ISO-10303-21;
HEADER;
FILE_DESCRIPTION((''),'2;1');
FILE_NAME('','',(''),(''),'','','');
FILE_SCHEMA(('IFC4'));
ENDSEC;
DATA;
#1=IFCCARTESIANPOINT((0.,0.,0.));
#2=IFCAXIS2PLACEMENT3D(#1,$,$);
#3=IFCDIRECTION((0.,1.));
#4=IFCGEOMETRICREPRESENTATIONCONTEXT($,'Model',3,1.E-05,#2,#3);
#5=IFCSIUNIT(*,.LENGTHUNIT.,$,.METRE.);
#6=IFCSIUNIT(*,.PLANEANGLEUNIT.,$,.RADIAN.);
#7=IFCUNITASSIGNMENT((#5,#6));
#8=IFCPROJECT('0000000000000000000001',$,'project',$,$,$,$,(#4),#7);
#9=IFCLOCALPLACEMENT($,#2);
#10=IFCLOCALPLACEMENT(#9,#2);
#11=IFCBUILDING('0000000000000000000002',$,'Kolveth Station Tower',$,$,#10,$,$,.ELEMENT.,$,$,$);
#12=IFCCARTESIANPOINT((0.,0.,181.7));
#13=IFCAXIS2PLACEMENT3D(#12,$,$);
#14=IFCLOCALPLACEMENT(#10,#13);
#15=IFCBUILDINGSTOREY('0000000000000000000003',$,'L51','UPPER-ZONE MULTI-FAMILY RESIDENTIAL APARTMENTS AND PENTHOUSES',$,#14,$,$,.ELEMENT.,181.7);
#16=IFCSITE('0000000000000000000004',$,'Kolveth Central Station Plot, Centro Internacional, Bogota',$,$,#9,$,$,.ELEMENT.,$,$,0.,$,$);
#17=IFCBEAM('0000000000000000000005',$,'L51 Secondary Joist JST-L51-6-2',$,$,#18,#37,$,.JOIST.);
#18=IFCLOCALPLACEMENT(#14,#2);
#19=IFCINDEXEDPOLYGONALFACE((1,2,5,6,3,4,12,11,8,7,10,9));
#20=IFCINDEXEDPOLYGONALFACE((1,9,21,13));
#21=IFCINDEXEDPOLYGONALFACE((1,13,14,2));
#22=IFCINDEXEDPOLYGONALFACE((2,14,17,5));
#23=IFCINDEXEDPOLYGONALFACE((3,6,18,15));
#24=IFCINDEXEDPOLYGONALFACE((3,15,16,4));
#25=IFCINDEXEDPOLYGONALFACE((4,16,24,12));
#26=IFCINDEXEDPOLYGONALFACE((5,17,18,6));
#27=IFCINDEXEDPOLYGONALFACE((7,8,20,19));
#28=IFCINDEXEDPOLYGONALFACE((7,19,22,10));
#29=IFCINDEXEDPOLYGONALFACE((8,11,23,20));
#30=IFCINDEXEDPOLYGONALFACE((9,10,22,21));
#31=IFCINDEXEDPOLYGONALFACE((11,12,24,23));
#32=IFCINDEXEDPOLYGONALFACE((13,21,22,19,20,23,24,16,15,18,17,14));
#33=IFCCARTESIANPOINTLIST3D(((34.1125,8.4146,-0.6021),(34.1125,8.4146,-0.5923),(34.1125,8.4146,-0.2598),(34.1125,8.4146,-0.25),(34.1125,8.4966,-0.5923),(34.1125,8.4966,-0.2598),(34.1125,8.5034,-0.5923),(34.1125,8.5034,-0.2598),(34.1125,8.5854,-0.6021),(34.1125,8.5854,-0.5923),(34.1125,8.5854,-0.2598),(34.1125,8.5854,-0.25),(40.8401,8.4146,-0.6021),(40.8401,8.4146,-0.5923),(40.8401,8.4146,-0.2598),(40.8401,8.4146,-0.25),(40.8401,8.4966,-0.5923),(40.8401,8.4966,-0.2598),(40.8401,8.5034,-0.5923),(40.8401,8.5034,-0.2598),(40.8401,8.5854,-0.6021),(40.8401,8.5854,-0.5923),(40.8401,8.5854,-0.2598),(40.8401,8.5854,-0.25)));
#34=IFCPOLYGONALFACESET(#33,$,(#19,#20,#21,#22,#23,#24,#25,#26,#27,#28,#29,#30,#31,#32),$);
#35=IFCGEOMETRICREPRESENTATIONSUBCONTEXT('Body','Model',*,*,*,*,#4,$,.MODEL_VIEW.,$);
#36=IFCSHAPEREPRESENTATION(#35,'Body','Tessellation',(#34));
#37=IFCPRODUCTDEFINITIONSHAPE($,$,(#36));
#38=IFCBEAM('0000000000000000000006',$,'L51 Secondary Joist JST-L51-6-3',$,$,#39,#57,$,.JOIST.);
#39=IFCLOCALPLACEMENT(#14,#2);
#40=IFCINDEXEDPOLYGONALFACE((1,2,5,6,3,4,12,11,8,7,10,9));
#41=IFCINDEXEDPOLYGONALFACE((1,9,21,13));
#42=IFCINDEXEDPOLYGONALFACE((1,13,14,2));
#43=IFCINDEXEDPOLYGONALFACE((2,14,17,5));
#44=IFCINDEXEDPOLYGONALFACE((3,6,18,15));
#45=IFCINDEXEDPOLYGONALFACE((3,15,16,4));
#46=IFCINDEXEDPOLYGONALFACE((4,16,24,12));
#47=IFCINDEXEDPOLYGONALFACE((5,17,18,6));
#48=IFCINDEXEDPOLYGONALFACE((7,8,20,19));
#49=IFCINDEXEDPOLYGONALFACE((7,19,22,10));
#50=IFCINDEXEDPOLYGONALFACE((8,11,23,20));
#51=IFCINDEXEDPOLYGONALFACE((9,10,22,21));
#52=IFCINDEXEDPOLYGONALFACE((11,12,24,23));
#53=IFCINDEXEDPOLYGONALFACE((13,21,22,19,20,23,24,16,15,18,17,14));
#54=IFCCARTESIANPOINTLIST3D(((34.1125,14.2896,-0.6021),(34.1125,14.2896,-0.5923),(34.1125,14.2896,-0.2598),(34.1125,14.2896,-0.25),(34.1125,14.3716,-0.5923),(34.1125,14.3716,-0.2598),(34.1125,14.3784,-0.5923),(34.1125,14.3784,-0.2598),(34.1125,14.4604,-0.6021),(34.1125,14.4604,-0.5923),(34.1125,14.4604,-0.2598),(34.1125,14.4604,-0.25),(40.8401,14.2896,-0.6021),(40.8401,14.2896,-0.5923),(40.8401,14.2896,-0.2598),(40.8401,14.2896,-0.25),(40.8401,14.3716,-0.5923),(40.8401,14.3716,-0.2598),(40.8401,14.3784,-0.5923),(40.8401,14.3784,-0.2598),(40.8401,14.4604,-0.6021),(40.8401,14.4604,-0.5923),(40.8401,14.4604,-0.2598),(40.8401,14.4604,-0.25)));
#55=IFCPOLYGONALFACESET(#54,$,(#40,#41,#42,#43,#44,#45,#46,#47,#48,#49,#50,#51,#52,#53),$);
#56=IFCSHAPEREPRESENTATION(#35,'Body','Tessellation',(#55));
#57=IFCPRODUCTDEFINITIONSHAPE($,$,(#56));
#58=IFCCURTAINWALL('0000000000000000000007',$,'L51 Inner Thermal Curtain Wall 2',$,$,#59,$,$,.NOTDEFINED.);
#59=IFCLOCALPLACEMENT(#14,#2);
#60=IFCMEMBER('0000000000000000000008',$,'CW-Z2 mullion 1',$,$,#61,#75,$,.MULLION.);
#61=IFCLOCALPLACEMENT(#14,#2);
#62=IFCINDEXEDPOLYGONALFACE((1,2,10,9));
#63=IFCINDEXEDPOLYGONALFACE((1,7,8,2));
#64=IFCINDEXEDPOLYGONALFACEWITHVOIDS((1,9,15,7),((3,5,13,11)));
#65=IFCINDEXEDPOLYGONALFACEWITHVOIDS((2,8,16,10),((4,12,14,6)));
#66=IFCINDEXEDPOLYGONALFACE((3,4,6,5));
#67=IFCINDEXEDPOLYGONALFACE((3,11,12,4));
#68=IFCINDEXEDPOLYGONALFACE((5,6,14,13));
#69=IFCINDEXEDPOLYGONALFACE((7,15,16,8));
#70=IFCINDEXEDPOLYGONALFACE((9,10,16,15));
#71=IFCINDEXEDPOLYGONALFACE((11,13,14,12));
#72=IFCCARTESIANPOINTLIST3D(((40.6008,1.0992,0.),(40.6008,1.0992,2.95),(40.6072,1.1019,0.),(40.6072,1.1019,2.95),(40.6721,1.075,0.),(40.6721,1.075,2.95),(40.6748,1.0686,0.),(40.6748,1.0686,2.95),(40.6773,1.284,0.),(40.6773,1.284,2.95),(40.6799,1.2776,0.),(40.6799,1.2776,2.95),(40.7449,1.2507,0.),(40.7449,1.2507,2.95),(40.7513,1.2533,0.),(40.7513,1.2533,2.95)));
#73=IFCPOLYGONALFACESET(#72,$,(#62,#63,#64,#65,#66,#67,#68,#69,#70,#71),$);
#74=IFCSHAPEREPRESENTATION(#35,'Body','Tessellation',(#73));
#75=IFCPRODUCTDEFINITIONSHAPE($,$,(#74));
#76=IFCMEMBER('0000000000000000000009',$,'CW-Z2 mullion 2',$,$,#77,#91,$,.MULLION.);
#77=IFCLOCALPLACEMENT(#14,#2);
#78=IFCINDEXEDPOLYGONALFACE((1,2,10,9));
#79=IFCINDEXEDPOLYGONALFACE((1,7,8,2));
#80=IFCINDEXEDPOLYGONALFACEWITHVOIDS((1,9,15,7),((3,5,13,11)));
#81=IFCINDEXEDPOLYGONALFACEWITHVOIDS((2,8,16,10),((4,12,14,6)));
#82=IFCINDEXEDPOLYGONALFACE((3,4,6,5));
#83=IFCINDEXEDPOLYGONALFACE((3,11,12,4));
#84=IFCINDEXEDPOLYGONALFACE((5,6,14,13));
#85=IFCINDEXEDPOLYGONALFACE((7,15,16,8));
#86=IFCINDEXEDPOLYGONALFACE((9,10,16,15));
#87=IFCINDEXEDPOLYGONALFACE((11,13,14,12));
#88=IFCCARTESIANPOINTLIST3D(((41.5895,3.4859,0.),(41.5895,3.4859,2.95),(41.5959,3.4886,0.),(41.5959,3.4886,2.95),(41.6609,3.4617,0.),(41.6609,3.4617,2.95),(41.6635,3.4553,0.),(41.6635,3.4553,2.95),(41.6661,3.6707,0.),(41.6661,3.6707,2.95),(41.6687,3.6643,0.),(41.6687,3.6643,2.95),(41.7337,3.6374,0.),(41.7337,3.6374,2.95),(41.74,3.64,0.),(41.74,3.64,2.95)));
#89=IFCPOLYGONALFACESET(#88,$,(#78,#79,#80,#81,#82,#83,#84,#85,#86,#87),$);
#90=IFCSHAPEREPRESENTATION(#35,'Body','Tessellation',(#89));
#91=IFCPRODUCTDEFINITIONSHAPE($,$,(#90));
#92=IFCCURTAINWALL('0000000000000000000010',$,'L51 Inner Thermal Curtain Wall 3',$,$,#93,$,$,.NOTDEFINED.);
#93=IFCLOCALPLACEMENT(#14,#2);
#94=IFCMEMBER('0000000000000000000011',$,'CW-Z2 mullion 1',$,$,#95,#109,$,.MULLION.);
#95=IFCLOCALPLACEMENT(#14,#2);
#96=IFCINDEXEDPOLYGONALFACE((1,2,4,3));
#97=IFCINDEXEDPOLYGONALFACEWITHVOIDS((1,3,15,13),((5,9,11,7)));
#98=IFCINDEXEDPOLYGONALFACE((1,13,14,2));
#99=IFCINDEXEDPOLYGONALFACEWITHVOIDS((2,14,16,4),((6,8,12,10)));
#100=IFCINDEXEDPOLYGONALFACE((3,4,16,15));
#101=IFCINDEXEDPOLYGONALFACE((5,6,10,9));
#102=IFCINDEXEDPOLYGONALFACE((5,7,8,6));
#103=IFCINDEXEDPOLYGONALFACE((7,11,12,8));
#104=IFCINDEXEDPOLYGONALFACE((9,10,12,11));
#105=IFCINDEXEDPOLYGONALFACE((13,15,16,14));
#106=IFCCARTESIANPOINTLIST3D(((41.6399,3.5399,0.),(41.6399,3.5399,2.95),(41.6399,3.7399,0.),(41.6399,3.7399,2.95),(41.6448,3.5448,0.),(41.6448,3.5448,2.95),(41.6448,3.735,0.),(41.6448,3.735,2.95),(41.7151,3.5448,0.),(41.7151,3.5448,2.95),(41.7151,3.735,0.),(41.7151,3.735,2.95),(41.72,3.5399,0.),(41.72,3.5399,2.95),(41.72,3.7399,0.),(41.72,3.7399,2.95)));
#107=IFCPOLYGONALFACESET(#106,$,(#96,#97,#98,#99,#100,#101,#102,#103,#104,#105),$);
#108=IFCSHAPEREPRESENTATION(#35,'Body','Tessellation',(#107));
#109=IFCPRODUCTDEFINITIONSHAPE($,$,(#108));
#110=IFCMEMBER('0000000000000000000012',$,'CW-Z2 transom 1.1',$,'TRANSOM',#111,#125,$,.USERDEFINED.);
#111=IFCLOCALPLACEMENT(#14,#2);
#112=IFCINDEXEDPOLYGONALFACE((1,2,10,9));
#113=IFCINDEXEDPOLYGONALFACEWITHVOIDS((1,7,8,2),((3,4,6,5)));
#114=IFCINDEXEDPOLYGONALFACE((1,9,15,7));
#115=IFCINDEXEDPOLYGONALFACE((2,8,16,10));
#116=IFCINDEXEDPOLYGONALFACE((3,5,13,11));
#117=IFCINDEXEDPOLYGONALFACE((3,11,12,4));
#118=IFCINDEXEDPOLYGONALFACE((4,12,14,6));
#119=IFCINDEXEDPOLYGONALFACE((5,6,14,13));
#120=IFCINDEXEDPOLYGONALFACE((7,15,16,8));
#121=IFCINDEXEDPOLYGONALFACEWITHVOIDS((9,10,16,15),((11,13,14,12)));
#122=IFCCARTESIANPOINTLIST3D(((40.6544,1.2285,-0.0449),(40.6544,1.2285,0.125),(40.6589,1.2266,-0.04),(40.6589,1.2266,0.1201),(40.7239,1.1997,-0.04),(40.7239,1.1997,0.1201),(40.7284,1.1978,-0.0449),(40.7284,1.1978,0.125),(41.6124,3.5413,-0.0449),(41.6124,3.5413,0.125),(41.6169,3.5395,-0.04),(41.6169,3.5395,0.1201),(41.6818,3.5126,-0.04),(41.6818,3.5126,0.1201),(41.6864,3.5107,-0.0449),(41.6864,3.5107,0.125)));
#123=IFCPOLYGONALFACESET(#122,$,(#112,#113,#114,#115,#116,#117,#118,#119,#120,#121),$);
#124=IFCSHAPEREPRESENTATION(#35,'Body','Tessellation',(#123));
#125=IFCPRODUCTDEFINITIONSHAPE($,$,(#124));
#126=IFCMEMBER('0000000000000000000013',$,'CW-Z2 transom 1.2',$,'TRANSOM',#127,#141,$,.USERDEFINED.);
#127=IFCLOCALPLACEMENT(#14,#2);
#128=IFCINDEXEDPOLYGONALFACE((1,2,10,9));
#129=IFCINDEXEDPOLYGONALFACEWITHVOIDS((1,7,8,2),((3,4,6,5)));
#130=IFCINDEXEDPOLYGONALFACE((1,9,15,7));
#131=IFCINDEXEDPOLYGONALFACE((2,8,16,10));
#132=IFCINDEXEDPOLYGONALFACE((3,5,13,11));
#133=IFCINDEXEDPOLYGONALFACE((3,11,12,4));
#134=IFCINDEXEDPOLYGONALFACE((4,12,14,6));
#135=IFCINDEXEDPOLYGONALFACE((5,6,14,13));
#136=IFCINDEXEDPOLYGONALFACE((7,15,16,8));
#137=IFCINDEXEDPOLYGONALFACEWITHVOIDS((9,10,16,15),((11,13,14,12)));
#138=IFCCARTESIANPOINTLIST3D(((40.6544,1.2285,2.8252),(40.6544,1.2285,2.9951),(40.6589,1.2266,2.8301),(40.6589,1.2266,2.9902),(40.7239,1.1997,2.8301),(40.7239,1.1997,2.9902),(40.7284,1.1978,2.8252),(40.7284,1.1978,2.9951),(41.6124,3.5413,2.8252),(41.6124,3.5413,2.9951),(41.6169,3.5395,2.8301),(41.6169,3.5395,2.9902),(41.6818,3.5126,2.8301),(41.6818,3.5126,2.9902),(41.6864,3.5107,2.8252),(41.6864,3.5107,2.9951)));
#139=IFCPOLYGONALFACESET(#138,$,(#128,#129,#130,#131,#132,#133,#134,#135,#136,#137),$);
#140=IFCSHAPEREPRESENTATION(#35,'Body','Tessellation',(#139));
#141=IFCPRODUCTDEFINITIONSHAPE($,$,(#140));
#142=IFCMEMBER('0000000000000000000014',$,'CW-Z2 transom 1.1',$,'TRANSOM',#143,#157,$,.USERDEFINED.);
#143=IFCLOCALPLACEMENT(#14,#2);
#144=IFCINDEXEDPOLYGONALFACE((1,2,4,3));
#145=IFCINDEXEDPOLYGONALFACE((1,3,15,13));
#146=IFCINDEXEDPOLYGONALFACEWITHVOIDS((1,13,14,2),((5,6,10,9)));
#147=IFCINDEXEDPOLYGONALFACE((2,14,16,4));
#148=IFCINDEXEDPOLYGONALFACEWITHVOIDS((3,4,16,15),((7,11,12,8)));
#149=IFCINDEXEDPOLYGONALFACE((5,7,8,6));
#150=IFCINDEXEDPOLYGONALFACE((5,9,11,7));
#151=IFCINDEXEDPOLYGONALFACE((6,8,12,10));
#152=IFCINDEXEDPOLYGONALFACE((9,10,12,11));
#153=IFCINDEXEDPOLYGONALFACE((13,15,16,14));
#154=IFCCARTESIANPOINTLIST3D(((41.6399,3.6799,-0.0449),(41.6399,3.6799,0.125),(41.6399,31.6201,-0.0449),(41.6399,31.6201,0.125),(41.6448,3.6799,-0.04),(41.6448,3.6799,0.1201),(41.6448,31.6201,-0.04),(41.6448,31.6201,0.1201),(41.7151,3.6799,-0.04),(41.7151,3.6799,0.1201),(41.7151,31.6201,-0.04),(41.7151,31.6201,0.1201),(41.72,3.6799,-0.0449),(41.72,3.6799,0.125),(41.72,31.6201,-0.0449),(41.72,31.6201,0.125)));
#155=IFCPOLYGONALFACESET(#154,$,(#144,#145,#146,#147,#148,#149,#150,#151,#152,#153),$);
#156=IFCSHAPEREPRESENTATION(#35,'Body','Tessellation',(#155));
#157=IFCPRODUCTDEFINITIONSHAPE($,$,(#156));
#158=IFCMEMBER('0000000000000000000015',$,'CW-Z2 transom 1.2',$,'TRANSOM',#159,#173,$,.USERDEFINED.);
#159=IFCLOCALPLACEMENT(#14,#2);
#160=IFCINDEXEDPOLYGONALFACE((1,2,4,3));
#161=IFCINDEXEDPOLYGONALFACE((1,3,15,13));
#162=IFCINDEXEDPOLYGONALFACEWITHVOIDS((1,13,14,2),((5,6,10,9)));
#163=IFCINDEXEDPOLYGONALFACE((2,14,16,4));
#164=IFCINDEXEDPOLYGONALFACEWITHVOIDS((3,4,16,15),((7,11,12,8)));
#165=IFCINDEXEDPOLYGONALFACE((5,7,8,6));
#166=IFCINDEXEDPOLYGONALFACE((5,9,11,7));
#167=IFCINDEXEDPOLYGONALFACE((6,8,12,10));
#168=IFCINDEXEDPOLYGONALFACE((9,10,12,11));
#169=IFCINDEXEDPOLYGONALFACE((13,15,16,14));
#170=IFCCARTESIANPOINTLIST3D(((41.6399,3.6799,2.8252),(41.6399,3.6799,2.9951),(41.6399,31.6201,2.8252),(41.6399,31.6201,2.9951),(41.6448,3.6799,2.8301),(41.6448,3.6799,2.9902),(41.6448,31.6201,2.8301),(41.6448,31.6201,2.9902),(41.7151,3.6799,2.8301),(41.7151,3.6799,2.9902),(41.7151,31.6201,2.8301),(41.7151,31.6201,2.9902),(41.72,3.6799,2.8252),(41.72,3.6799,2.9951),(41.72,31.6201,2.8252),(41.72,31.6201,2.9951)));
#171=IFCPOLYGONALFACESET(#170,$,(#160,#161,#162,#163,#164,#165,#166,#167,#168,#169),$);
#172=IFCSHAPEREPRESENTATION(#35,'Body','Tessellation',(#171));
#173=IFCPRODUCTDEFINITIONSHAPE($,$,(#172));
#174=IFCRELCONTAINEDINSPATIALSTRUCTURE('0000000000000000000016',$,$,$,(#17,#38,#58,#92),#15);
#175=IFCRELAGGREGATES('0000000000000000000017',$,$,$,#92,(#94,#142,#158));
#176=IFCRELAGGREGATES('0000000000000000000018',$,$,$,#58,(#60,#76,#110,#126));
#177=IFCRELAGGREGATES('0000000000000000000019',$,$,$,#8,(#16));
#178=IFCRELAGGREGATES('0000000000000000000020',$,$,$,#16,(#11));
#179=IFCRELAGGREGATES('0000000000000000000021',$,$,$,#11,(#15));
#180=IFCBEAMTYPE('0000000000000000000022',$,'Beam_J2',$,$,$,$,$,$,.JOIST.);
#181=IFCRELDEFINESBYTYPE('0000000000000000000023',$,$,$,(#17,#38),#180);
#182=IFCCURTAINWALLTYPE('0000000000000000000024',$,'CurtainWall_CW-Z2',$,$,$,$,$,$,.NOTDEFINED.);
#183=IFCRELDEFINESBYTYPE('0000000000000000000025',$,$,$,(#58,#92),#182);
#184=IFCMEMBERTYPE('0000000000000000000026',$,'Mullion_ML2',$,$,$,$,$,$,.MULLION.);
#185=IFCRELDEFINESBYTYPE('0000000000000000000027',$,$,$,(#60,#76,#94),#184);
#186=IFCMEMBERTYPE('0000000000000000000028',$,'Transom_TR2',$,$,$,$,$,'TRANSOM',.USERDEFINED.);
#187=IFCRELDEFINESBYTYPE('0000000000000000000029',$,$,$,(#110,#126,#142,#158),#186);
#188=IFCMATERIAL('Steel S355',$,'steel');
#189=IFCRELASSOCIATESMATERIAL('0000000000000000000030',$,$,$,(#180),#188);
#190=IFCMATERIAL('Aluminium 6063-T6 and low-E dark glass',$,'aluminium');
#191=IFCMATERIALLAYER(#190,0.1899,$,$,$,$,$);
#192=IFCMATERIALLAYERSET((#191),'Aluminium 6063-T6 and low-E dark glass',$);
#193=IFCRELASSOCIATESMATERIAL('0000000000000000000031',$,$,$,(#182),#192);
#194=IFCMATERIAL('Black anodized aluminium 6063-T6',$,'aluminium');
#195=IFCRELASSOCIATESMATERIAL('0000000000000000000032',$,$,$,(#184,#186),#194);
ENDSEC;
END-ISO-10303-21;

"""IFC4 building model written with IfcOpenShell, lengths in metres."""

from ifc_helpers import new_model, si_unit, direction, frame, origin, origin_2d, place, context, subcontext, project, spatial, hollow_rectangle, i_section, extrude, source, transform, mapped, material, layer, layer_set, material_profile, profile_set, type_object, element, aggregate, save


model = new_model("IFC4")

# Units and contexts
model_context = context("Model", 3, precision=1e-05, world=origin(), true_north=direction((0.0, 1.0)))
body_context = subcontext(model_context, "Body", "Model", "MODEL_VIEW")
ifc_project = project(units=[si_unit("LENGTHUNIT", "METRE"), si_unit("PLANEANGLEUNIT", "RADIAN")], contexts=[model_context])

# Site, building, storey
site_placement = place(None, origin())
site = spatial("IfcSite", under=ifc_project, at=site_placement, Name="Kolveth Central Station Plot, Centro Internacional, Bogota", CompositionType="ELEMENT", RefElevation=0.0)
building_placement = place(site_placement, origin())
building = spatial("IfcBuilding", under=site, at=building_placement, Name="Kolveth Station Tower", CompositionType="ELEMENT")
storey_placement = place(building_placement, frame((0.0, 0.0, 181.7)))
storey = spatial("IfcBuildingStorey", under=building, at=storey_placement, Name="L51", Description="UPPER-ZONE MULTI-FAMILY RESIDENTIAL APARTMENTS AND PENTHOUSES", CompositionType="ELEMENT", Elevation=181.7)

# Shared definitions
ifc_material_1 = material(Name="Steel S355", Category="steel")

# Beams
ifc_material_profile_1 = material_profile(ifc_material_1, i_section(OverallWidth=0.1709, OverallDepth=0.3521, WebThickness=0.0068, FlangeThickness=0.0098, at=origin_2d()), Name="W360x44")
ifc_profile_set_1 = profile_set([ifc_material_profile_1], Name="Steel S355")
beam_type_1 = type_object("IfcBeamType", Name="Beam_J2", PredefinedType="JOIST", material=ifc_profile_set_1)
shared_shape_1 = source(origin(), body_context, "Body", "SweptSolid", [
    extrude(i_section(OverallWidth=0.1709, OverallDepth=0.3521, WebThickness=0.0068, FlangeThickness=0.0098, at=origin_2d()), origin(), (0.0, 0.0, 1.0), 6.7275),
])
for number, where, z_axis, x_axis, name in (
    (1, (34.1125, 8.5, -0.426), (1.0, 0.0, 0.0), (0.0, 1.0, 0.0), "L51 Secondary Joist JST-L51-6-2"),
    (2, (34.1125, 14.375, -0.426), (1.0, 0.0, 0.0), (0.0, 1.0, 0.0), "L51 Secondary Joist JST-L51-6-3"),
):
    element("IfcBeam", number, at=place(storey_placement, frame(where, z_axis=z_axis, x_axis=x_axis)), inside=storey, type_object=beam_type_1, Name=name, PredefinedType="JOIST", context=body_context, shape_type="MappedRepresentation", body=[
        mapped(shared_shape_1, transform((0.0, 0.0, 0.0), x_axis=(1.0, 0.0, 0.0), y_axis=(0.0, 1.0, 0.0), z_axis=(0.0, 0.0, 1.0), scale=1.0)),
    ])

# Curtain wall, members
ifc_material_2 = material(Name="Aluminium 6063-T6 and low-E dark glass", Category="aluminium")
ifc_layer_1 = layer(ifc_material_2, 0.1899)
ifc_layer_set_1 = layer_set([ifc_layer_1], Name="Aluminium 6063-T6 and low-E dark glass")
curtain_wall_type_1 = type_object("IfcCurtainWallType", Name="CurtainWall_CW-Z2", PredefinedType="NOTDEFINED", material=ifc_layer_set_1)
curtain_wall_1_placement = place(storey_placement, origin())
curtain_wall_1 = element("IfcCurtainWall", 3, at=curtain_wall_1_placement, inside=storey, type_object=curtain_wall_type_1, Name="L51 Inner Thermal Curtain Wall 2", PredefinedType="NOTDEFINED")
ifc_material_3 = material(Name="Black anodized aluminium 6063-T6", Category="aluminium")
ifc_material_profile_2 = material_profile(ifc_material_3, hollow_rectangle(XDim=0.0801, YDim=0.2, WallThickness=0.0049, at=origin_2d()), Name="ALU-80x200x5")
ifc_profile_set_2 = profile_set([ifc_material_profile_2], Name="Black anodized aluminium 6063-T6")
member_type_1 = type_object("IfcMemberType", Name="Mullion_ML2", PredefinedType="MULLION", material=ifc_profile_set_2)
shared_shape_2 = source(origin(), body_context, "Body", "SweptSolid", [
    extrude(hollow_rectangle(XDim=0.0801, YDim=0.2, WallThickness=0.0049, at=origin_2d()), origin(), (0.0, 0.0, 1.0), 2.95),
])
member_1_placement = place(storey_placement, frame((40.676, 1.1763, 0.0), z_axis=(0.0, 0.0, 1.0), x_axis=(-0.923874, 0.382698, 0.0)))
member_1 = element("IfcMember", 4, at=member_1_placement, type_object=member_type_1, Name="CW-Z2 mullion 1", PredefinedType="MULLION", context=body_context, shape_type="MappedRepresentation", body=[
    mapped(shared_shape_2, transform((0.0, 0.0, 0.0), x_axis=(1.0, 0.0, 0.0), y_axis=(0.0, 1.0, 0.0), z_axis=(0.0, 0.0, 1.0), scale=1.0)),
])
member_2_placement = place(storey_placement, frame((41.6648, 3.563, 0.0), z_axis=(0.0, 0.0, 1.0), x_axis=(-0.923874, 0.382698, 0.0)))
member_2 = element("IfcMember", 5, at=member_2_placement, type_object=member_type_1, Name="CW-Z2 mullion 2", PredefinedType="MULLION", context=body_context, shape_type="MappedRepresentation", body=[
    mapped(shared_shape_2, transform((0.0, 0.0, 0.0), x_axis=(1.0, 0.0, 0.0), y_axis=(0.0, 1.0, 0.0), z_axis=(0.0, 0.0, 1.0), scale=1.0)),
])

# Curtain wall, member
curtain_wall_2_placement = place(storey_placement, origin())
curtain_wall_2 = element("IfcCurtainWall", 6, at=curtain_wall_2_placement, inside=storey, type_object=curtain_wall_type_1, Name="L51 Inner Thermal Curtain Wall 3", PredefinedType="NOTDEFINED")
member_3_placement = place(storey_placement, frame((41.6799, 3.6399, 0.0), z_axis=(0.0, 0.0, 1.0), x_axis=(-1.0, 0.0, 0.0)))
member_3 = element("IfcMember", 7, at=member_3_placement, type_object=member_type_1, Name="CW-Z2 mullion 1", PredefinedType="MULLION", context=body_context, shape_type="MappedRepresentation", body=[
    mapped(shared_shape_2, transform((0.0, 0.0, 0.0), x_axis=(1.0, 0.0, 0.0), y_axis=(0.0, 1.0, 0.0), z_axis=(0.0, 0.0, 1.0), scale=1.0)),
])

# Members
ifc_material_profile_3 = material_profile(ifc_material_3, hollow_rectangle(XDim=0.0801, YDim=0.1699, WallThickness=0.0049, at=origin_2d()), Name="ALU-80x170x5")
ifc_profile_set_3 = profile_set([ifc_material_profile_3], Name="Black anodized aluminium 6063-T6")
member_type_2 = type_object("IfcMemberType", Name="Transom_TR2", ElementType="TRANSOM", PredefinedType="USERDEFINED", material=ifc_profile_set_3)
shared_shape_3 = source(origin(), body_context, "Body", "SweptSolid", [
    extrude(hollow_rectangle(XDim=0.0801, YDim=0.1699, WallThickness=0.0049, at=origin_2d()), origin(), (0.0, 0.0, 1.0), 2.5034),
])
member_4_placement = place(storey_placement, frame((40.6914, 1.2131, 0.04), z_axis=(0.382662, 0.923888, 0.0), x_axis=(-0.923888, 0.382662, 0.0)))
member_4 = element("IfcMember", 8, at=member_4_placement, type_object=member_type_2, Name="CW-Z2 transom 1.1", ObjectType="TRANSOM", PredefinedType="USERDEFINED", context=body_context, shape_type="MappedRepresentation", body=[
    mapped(shared_shape_3, transform((0.0, 0.0, 0.0), x_axis=(1.0, 0.0, 0.0), y_axis=(0.0, 1.0, 0.0), z_axis=(0.0, 0.0, 1.0), scale=1.0)),
])
member_5_placement = place(storey_placement, frame((40.6914, 1.2131, 2.9102), z_axis=(0.382662, 0.923888, 0.0), x_axis=(-0.923888, 0.382662, 0.0)))
member_5 = element("IfcMember", 9, at=member_5_placement, type_object=member_type_2, Name="CW-Z2 transom 1.2", ObjectType="TRANSOM", PredefinedType="USERDEFINED", context=body_context, shape_type="MappedRepresentation", body=[
    mapped(shared_shape_3, transform((0.0, 0.0, 0.0), x_axis=(1.0, 0.0, 0.0), y_axis=(0.0, 1.0, 0.0), z_axis=(0.0, 0.0, 1.0), scale=1.0)),
])
shared_shape_4 = source(origin(), body_context, "Body", "SweptSolid", [
    extrude(hollow_rectangle(XDim=0.0801, YDim=0.1699, WallThickness=0.0049, at=origin_2d()), origin(), (0.0, 0.0, 1.0), 27.9402),
])
member_6_placement = place(storey_placement, frame((41.6799, 3.6799, 0.04), z_axis=(0.0, 1.0, 0.0), x_axis=(-1.0, 0.0, 0.0)))
member_6 = element("IfcMember", 10, at=member_6_placement, type_object=member_type_2, Name="CW-Z2 transom 1.1", ObjectType="TRANSOM", PredefinedType="USERDEFINED", context=body_context, shape_type="MappedRepresentation", body=[
    mapped(shared_shape_4, transform((0.0, 0.0, 0.0), x_axis=(1.0, 0.0, 0.0), y_axis=(0.0, 1.0, 0.0), z_axis=(0.0, 0.0, 1.0), scale=1.0)),
])
member_7_placement = place(storey_placement, frame((41.6799, 3.6799, 2.9102), z_axis=(0.0, 1.0, 0.0), x_axis=(-1.0, 0.0, 0.0)))
member_7 = element("IfcMember", 11, at=member_7_placement, type_object=member_type_2, Name="CW-Z2 transom 1.2", ObjectType="TRANSOM", PredefinedType="USERDEFINED", context=body_context, shape_type="MappedRepresentation", body=[
    mapped(shared_shape_4, transform((0.0, 0.0, 0.0), x_axis=(1.0, 0.0, 0.0), y_axis=(0.0, 1.0, 0.0), z_axis=(0.0, 0.0, 1.0), scale=1.0)),
])
aggregate(curtain_wall_2, [member_3, member_6, member_7])

aggregate(curtain_wall_1, [member_1, member_2, member_4, member_5])

save(model, "model.ifc")
